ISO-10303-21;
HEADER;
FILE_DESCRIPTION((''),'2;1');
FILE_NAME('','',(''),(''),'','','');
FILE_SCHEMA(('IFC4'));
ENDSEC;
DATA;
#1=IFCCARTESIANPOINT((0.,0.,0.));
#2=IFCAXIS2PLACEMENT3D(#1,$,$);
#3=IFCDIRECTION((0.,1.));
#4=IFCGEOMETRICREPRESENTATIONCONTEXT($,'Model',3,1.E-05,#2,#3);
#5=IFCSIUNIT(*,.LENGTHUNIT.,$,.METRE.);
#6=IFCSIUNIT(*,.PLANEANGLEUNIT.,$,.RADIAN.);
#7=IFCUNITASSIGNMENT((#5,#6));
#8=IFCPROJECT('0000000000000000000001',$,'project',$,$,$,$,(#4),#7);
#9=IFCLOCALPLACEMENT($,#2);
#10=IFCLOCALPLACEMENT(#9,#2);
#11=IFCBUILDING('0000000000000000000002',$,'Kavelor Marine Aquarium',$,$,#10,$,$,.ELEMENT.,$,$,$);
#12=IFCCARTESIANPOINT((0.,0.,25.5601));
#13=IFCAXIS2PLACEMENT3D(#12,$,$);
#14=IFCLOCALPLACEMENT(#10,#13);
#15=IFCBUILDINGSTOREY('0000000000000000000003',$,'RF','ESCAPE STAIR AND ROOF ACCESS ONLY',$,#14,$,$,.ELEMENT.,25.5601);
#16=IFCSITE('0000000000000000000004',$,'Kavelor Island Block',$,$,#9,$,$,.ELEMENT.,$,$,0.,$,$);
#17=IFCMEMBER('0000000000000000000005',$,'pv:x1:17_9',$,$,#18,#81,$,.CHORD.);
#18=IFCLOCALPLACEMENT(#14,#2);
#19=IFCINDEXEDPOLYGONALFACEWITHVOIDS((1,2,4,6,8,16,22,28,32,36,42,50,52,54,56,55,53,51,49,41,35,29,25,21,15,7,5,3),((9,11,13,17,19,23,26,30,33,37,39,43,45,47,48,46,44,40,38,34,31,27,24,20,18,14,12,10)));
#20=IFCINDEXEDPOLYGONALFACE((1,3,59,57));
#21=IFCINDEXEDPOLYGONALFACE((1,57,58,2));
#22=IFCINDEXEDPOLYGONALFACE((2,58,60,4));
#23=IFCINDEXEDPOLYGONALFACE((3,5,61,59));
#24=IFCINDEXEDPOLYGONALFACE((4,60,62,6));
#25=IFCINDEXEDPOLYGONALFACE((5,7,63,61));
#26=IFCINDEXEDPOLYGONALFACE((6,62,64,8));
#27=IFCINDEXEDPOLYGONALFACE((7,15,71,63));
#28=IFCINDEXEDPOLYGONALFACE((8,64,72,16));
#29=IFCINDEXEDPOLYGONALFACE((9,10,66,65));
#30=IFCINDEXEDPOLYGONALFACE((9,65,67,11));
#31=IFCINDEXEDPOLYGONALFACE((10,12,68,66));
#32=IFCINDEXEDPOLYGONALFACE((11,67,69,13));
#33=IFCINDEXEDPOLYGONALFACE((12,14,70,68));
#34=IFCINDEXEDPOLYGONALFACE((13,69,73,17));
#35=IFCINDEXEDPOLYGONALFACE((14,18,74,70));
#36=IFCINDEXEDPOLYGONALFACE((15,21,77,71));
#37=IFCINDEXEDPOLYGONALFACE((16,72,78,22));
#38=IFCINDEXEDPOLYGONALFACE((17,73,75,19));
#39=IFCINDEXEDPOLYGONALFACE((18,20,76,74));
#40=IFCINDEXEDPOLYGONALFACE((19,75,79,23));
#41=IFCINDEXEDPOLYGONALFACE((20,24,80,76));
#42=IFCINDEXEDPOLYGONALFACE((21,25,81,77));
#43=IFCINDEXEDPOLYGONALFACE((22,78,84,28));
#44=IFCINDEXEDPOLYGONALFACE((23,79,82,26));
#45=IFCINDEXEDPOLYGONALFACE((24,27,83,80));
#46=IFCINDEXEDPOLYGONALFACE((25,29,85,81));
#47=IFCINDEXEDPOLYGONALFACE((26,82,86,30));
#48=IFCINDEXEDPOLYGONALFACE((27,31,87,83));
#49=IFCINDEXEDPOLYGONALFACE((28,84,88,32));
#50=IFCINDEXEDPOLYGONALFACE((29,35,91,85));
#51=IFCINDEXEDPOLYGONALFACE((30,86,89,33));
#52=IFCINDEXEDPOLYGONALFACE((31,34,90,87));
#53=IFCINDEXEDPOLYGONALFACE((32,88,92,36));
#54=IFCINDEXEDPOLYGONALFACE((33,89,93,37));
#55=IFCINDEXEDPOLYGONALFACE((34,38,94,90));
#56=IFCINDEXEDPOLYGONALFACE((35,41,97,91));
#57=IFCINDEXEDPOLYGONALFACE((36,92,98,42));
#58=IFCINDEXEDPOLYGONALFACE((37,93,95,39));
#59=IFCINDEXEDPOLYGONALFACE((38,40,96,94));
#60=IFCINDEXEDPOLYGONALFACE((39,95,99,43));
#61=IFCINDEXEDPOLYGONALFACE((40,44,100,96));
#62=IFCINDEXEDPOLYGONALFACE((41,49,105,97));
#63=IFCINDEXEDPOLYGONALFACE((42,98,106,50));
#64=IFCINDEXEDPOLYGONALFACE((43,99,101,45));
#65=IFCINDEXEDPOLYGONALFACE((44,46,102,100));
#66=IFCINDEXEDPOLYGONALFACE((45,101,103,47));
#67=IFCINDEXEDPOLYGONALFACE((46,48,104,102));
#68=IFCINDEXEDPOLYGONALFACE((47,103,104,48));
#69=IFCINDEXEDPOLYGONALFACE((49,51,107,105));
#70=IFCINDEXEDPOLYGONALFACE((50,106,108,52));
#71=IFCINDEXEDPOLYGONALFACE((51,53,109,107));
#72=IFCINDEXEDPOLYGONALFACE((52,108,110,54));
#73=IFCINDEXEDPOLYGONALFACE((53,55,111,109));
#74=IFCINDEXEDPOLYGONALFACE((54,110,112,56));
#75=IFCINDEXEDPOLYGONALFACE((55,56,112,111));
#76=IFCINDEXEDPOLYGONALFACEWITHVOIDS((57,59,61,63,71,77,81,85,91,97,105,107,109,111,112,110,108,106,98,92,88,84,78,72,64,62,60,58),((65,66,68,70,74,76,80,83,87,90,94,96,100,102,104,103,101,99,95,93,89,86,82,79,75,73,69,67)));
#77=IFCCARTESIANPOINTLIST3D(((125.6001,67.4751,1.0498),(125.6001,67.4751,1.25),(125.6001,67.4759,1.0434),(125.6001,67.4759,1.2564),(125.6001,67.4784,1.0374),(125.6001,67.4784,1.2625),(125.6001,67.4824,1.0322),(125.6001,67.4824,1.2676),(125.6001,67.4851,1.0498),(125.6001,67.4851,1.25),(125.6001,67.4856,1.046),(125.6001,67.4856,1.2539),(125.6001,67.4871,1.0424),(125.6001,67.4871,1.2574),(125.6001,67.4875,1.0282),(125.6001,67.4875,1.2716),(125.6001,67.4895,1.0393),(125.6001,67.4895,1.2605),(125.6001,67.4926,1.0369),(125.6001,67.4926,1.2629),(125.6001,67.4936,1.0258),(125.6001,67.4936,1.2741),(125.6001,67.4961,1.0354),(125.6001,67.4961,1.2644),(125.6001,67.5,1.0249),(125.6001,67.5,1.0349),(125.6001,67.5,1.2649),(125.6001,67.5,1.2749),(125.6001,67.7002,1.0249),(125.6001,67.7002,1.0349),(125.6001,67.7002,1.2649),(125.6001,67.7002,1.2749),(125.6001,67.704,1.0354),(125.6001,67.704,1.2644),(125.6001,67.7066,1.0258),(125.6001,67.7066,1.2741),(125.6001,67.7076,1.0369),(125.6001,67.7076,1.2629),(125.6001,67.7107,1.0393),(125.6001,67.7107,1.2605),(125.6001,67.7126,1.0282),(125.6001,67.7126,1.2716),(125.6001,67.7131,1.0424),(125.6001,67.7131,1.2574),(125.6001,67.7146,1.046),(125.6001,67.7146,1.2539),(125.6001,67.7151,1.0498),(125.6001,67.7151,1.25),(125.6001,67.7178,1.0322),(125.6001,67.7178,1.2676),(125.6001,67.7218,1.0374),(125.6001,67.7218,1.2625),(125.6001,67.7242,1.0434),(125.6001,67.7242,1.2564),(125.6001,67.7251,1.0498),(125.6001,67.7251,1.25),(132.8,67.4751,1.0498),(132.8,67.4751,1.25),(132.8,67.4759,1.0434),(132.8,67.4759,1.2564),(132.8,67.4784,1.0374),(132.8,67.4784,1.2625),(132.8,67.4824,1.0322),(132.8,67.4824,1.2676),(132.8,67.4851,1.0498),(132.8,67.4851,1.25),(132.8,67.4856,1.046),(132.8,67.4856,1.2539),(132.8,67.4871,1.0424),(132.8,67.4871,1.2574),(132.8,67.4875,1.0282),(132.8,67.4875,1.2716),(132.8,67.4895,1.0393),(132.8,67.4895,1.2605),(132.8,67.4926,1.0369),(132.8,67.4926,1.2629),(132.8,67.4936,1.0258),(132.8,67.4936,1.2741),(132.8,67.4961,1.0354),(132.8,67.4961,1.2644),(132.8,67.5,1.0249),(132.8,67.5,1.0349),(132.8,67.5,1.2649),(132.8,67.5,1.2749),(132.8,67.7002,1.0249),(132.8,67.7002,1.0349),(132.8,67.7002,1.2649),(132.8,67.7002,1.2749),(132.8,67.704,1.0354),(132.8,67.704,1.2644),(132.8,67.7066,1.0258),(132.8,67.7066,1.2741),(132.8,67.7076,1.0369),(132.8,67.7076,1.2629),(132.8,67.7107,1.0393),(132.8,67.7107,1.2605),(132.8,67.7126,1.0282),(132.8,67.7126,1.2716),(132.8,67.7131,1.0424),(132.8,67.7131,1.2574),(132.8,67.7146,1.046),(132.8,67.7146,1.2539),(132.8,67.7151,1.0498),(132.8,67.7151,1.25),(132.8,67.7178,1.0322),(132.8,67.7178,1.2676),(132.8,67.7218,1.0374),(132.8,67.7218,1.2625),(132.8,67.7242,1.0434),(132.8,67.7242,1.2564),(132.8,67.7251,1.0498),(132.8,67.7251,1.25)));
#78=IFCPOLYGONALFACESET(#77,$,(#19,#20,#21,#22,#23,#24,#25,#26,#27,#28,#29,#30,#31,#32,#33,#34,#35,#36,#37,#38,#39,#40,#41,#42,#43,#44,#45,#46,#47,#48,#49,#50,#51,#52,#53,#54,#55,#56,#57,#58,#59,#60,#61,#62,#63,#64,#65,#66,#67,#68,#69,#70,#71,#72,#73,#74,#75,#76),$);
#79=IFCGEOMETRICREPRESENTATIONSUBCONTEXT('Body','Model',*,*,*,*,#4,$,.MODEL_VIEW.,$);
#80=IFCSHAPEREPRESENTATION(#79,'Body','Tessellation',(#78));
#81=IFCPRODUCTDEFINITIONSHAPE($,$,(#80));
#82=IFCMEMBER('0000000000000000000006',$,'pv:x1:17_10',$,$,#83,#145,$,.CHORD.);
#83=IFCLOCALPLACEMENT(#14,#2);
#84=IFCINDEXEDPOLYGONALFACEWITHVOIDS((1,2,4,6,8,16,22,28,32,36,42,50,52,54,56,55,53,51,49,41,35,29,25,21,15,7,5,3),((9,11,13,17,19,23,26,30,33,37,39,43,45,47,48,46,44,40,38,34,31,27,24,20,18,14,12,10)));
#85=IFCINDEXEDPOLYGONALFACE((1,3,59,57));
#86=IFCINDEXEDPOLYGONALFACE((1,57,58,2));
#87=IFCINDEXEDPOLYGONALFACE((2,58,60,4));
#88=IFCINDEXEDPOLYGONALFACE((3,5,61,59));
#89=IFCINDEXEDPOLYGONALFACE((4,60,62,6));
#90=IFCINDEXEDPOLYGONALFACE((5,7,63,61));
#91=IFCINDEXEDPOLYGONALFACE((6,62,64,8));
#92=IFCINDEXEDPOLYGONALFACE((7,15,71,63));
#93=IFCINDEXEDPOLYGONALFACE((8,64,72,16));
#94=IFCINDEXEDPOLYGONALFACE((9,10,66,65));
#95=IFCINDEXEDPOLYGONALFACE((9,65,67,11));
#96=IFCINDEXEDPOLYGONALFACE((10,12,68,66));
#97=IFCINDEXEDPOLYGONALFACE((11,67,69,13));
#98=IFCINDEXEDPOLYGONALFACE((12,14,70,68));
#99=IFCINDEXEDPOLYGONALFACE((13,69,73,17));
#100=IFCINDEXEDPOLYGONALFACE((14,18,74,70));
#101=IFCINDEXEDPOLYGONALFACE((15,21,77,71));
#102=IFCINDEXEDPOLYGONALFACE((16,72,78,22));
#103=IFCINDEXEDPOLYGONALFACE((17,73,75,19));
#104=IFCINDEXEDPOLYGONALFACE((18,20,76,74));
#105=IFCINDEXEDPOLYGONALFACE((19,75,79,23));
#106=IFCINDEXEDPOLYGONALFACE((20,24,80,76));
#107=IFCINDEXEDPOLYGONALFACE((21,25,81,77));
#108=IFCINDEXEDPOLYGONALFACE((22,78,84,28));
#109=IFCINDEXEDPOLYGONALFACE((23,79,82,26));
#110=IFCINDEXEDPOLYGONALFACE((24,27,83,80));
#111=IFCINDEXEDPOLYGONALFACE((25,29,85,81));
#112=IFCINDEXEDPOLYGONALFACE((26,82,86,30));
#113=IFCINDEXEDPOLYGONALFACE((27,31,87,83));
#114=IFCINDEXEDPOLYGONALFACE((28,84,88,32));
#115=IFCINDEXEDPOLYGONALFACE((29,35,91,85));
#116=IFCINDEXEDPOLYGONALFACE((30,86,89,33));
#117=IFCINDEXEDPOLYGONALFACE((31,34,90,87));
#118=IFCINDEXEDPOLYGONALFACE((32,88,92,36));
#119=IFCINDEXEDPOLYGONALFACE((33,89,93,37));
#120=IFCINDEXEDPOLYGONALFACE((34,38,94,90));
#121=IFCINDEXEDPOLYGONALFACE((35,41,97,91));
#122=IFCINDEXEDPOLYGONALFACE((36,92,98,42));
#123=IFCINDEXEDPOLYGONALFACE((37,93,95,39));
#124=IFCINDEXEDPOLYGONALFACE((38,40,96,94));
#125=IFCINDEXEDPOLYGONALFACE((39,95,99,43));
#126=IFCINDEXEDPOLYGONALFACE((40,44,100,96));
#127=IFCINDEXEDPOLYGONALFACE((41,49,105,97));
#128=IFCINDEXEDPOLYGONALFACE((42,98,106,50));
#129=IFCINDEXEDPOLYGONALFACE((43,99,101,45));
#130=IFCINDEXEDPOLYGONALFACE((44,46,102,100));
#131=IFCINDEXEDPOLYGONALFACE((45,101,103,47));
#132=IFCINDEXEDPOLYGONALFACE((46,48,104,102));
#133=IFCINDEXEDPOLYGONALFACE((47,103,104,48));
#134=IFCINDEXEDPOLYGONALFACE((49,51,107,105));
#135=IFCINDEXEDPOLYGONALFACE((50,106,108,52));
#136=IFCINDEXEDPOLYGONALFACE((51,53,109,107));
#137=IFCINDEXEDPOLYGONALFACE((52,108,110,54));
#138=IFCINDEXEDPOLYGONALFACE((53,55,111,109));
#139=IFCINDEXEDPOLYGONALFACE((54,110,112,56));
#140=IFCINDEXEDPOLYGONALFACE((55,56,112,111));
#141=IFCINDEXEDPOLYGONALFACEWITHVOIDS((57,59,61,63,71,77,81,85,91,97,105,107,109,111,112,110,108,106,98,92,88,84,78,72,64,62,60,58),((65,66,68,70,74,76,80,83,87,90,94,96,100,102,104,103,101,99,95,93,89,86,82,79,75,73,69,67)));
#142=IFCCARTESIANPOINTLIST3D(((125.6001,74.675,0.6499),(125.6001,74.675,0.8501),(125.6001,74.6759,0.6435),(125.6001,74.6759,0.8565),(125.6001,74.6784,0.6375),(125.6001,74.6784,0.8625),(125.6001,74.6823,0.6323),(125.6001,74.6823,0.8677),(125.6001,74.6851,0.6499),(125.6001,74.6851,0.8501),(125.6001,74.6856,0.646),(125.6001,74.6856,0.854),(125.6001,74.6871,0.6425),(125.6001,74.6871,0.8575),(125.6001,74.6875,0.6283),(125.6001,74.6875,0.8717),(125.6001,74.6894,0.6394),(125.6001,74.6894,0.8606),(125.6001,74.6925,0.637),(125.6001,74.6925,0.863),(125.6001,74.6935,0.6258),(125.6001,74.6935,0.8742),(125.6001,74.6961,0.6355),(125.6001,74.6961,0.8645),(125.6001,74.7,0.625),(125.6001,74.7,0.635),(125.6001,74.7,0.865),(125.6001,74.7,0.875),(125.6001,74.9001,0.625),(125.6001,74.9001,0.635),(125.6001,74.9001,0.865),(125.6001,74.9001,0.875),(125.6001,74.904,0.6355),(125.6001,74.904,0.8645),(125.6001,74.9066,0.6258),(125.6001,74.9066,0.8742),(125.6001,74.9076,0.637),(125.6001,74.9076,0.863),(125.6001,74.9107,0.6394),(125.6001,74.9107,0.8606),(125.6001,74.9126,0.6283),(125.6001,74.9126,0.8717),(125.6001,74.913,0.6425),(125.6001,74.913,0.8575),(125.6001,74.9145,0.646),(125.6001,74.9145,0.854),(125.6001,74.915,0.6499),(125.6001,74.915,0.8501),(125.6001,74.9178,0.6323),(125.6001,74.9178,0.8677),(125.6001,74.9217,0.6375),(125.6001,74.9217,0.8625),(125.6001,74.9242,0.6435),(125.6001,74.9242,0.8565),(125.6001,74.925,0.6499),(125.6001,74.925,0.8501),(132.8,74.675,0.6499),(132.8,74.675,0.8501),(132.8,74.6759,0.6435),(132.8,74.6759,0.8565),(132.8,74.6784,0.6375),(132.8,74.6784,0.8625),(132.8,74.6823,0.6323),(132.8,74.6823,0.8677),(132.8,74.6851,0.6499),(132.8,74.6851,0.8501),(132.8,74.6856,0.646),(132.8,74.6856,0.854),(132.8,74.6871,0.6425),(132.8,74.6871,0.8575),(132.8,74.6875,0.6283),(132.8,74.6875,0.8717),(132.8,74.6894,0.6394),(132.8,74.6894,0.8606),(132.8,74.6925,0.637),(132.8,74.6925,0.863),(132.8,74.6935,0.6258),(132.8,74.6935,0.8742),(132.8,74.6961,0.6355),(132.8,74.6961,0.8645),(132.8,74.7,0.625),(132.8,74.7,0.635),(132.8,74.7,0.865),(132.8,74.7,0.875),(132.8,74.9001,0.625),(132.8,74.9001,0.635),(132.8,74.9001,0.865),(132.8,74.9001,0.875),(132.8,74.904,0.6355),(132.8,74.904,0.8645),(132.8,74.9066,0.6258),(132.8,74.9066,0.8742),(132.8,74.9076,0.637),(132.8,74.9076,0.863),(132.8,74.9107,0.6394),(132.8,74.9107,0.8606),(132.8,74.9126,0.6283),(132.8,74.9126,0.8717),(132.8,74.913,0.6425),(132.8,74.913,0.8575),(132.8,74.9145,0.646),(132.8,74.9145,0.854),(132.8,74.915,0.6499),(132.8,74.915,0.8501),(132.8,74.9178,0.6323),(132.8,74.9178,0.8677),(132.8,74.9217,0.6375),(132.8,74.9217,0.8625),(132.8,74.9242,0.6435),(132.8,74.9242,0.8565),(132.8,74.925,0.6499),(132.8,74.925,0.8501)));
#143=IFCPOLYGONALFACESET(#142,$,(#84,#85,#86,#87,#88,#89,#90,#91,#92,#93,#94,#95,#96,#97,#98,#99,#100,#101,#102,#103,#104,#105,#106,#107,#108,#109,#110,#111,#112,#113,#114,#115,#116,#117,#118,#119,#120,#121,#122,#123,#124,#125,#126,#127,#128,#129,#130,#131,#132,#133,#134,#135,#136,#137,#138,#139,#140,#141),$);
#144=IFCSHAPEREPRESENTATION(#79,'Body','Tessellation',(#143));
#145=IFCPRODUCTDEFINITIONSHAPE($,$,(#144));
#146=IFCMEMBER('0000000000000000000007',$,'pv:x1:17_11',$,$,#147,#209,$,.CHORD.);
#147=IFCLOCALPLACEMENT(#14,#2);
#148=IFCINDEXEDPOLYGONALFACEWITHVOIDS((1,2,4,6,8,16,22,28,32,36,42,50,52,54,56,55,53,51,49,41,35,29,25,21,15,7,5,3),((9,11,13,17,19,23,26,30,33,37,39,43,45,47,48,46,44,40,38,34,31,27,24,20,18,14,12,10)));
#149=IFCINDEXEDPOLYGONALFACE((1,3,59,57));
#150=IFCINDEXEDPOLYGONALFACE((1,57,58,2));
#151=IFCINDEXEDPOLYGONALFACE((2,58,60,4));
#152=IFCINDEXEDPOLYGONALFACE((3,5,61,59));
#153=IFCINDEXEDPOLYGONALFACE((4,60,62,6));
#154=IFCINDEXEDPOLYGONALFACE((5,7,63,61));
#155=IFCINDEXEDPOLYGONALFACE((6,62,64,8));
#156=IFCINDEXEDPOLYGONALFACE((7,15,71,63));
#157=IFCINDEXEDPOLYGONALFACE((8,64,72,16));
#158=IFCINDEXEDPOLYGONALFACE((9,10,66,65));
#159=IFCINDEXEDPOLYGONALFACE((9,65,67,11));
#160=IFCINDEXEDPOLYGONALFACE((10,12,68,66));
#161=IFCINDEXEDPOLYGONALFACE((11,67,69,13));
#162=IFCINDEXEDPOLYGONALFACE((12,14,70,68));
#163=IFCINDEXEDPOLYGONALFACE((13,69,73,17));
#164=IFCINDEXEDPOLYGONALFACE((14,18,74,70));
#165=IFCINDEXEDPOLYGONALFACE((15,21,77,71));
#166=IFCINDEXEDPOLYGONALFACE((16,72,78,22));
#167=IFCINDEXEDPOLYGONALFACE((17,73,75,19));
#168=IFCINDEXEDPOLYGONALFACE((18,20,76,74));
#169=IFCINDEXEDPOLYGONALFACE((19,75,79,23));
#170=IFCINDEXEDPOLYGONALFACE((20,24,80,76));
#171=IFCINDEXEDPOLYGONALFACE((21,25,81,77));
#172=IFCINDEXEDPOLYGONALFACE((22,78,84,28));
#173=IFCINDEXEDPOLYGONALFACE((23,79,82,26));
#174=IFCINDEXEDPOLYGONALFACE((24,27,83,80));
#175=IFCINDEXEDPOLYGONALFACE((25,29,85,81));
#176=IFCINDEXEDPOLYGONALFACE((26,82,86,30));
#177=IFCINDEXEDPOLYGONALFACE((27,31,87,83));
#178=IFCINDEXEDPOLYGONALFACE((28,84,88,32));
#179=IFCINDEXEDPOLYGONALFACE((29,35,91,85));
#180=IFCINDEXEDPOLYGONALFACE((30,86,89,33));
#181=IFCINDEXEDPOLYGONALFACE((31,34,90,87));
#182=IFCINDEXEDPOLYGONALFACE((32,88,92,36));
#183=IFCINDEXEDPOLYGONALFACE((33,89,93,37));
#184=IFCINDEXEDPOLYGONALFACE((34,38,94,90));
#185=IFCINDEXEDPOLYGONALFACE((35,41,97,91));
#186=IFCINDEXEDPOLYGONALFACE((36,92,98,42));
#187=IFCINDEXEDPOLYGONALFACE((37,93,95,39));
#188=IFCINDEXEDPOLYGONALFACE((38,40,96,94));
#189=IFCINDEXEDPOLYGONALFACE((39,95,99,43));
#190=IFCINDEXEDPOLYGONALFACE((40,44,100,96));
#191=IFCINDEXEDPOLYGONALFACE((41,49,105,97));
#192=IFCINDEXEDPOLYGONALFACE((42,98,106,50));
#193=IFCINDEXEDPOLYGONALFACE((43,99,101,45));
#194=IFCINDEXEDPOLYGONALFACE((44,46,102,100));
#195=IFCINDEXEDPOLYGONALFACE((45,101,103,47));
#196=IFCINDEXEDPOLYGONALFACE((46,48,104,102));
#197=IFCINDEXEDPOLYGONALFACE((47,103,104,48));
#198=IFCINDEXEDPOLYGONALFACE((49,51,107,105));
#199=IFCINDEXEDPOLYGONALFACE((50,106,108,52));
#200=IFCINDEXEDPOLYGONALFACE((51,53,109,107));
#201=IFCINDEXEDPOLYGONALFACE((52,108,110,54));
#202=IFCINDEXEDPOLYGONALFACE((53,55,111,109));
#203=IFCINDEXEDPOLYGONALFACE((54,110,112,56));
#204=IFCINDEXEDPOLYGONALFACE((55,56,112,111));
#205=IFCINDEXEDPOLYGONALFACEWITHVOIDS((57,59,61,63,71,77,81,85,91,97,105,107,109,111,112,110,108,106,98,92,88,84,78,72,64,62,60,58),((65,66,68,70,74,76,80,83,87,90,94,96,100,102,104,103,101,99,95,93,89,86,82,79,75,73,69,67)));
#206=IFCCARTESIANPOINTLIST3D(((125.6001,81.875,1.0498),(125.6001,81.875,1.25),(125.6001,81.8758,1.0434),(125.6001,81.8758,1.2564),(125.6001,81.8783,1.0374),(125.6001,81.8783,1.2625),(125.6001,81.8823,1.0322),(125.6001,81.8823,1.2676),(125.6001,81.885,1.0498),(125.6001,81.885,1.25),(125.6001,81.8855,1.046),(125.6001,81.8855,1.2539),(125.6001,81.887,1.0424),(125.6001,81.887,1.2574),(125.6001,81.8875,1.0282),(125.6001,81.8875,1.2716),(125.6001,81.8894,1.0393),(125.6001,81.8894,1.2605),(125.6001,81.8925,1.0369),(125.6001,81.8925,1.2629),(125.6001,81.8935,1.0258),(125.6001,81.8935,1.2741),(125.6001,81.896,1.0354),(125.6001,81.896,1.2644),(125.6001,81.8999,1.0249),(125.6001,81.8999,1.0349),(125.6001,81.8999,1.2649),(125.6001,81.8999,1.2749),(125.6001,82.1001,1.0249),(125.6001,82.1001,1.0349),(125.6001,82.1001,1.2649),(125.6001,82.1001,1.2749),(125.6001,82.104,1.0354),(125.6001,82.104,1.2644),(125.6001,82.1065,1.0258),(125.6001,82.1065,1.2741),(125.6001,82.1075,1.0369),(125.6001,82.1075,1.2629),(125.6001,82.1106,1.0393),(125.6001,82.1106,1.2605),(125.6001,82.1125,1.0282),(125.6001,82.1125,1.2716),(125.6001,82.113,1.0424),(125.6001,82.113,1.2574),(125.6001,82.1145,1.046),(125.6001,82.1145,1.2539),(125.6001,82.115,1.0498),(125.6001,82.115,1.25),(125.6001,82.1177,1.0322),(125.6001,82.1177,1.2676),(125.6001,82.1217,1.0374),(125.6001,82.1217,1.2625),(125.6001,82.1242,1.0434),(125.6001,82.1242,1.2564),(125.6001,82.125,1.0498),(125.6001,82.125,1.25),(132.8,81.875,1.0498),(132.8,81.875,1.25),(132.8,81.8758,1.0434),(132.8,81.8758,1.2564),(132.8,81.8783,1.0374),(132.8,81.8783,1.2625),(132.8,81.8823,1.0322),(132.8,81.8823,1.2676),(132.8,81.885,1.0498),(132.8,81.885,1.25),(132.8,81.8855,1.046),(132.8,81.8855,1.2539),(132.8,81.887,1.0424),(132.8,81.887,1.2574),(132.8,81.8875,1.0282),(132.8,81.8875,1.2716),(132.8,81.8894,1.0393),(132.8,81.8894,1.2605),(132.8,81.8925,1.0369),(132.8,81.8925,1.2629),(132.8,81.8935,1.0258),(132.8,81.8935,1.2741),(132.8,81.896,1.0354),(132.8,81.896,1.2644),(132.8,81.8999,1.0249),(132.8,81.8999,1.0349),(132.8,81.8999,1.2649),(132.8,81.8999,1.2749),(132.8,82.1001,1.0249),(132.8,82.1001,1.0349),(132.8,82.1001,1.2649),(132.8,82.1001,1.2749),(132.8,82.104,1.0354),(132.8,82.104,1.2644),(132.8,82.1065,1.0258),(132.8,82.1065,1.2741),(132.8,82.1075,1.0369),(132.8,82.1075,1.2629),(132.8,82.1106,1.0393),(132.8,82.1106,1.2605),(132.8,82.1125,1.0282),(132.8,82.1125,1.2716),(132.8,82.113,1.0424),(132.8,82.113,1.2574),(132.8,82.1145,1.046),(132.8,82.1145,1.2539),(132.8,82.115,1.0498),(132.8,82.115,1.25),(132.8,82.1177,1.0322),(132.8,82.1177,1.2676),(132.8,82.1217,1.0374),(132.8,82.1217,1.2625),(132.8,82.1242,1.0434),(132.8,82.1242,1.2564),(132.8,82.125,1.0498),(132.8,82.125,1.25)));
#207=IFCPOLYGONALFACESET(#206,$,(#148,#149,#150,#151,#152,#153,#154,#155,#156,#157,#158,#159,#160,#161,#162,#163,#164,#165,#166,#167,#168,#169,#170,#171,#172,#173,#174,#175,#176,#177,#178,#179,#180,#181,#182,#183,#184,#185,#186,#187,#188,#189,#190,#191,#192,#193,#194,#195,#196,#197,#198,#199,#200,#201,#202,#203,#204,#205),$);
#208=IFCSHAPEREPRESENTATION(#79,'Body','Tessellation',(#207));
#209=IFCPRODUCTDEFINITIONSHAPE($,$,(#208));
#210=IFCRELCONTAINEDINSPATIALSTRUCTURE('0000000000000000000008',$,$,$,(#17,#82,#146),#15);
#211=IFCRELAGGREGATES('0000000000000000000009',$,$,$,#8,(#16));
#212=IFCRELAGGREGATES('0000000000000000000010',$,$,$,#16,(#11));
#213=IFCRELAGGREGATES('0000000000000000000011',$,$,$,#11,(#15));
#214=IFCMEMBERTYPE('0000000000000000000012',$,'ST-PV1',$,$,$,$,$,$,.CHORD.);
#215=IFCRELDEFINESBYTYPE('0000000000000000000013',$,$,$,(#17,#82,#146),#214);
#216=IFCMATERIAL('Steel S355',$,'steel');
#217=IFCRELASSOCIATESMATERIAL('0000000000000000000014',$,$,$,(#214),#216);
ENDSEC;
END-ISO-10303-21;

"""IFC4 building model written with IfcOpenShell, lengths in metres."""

from ifc_helpers import new_model, si_unit, direction, frame, origin, origin_2d, place, context, subcontext, project, spatial, hollow_rectangle, extrude, material, material_profile, profile_set, type_object, element, save


model = new_model("IFC4")

# Units and contexts
model_context = context("Model", 3, precision=1e-05, world=origin(), true_north=direction((0.0, 1.0)))
body_context = subcontext(model_context, "Body", "Model", "MODEL_VIEW")
ifc_project = project(units=[si_unit("LENGTHUNIT", "METRE"), si_unit("PLANEANGLEUNIT", "RADIAN")], contexts=[model_context])

# Site, building, storey
site_placement = place(None, origin())
site = spatial("IfcSite", under=ifc_project, at=site_placement, Name="Kavelor Island Block", CompositionType="ELEMENT", RefElevation=0.0)
building_placement = place(site_placement, origin())
building = spatial("IfcBuilding", under=site, at=building_placement, Name="Kavelor Marine Aquarium", CompositionType="ELEMENT")
storey_placement = place(building_placement, frame((0.0, 0.0, 25.5601)))
storey = spatial("IfcBuildingStorey", under=building, at=storey_placement, Name="RF", Description="ESCAPE STAIR AND ROOF ACCESS ONLY", CompositionType="ELEMENT", Elevation=25.5601)

# Members
ifc_material_1 = material(Name="Steel S355", Category="steel")
ifc_material_profile_1 = material_profile(ifc_material_1, hollow_rectangle(XDim=0.25, YDim=0.25, WallThickness=0.01, InnerFilletRadius=0.0149, OuterFilletRadius=0.0249, at=origin_2d()), Name="SHS 250x250x10.0")
ifc_profile_set_1 = profile_set([ifc_material_profile_1], Name="Steel S355")
member_type_1 = type_object("IfcMemberType", Name="ST-PV1", PredefinedType="CHORD", material=ifc_profile_set_1)
for number, where, z_axis, x_axis, name in (
    (1, (125.6001, 67.6001, 1.1499), (1.0, 0.0, 0.0), (0.0, 1.0, 0.0), "pv:x1:17_9"),
    (2, (125.6001, 74.8, 0.75), (1.0, 0.0, 0.0), (0.0, 1.0, 0.0), "pv:x1:17_10"),
    (3, (125.6001, 82.0, 1.1499), (1.0, 0.0, 0.0), (0.0, 1.0, 0.0), "pv:x1:17_11"),
):
    element("IfcMember", number, at=place(storey_placement, frame(where, z_axis=z_axis, x_axis=x_axis)), inside=storey, type_object=member_type_1, Name=name, PredefinedType="CHORD", context=body_context, shape_type="SweptSolid", body=[
        extrude(hollow_rectangle(XDim=0.25, YDim=0.25, WallThickness=0.01, InnerFilletRadius=0.0149, OuterFilletRadius=0.0249, at=origin_2d()), origin(), (0.0, 0.0, 1.0), 7.2),
    ])

save(model, "model.ifc")
